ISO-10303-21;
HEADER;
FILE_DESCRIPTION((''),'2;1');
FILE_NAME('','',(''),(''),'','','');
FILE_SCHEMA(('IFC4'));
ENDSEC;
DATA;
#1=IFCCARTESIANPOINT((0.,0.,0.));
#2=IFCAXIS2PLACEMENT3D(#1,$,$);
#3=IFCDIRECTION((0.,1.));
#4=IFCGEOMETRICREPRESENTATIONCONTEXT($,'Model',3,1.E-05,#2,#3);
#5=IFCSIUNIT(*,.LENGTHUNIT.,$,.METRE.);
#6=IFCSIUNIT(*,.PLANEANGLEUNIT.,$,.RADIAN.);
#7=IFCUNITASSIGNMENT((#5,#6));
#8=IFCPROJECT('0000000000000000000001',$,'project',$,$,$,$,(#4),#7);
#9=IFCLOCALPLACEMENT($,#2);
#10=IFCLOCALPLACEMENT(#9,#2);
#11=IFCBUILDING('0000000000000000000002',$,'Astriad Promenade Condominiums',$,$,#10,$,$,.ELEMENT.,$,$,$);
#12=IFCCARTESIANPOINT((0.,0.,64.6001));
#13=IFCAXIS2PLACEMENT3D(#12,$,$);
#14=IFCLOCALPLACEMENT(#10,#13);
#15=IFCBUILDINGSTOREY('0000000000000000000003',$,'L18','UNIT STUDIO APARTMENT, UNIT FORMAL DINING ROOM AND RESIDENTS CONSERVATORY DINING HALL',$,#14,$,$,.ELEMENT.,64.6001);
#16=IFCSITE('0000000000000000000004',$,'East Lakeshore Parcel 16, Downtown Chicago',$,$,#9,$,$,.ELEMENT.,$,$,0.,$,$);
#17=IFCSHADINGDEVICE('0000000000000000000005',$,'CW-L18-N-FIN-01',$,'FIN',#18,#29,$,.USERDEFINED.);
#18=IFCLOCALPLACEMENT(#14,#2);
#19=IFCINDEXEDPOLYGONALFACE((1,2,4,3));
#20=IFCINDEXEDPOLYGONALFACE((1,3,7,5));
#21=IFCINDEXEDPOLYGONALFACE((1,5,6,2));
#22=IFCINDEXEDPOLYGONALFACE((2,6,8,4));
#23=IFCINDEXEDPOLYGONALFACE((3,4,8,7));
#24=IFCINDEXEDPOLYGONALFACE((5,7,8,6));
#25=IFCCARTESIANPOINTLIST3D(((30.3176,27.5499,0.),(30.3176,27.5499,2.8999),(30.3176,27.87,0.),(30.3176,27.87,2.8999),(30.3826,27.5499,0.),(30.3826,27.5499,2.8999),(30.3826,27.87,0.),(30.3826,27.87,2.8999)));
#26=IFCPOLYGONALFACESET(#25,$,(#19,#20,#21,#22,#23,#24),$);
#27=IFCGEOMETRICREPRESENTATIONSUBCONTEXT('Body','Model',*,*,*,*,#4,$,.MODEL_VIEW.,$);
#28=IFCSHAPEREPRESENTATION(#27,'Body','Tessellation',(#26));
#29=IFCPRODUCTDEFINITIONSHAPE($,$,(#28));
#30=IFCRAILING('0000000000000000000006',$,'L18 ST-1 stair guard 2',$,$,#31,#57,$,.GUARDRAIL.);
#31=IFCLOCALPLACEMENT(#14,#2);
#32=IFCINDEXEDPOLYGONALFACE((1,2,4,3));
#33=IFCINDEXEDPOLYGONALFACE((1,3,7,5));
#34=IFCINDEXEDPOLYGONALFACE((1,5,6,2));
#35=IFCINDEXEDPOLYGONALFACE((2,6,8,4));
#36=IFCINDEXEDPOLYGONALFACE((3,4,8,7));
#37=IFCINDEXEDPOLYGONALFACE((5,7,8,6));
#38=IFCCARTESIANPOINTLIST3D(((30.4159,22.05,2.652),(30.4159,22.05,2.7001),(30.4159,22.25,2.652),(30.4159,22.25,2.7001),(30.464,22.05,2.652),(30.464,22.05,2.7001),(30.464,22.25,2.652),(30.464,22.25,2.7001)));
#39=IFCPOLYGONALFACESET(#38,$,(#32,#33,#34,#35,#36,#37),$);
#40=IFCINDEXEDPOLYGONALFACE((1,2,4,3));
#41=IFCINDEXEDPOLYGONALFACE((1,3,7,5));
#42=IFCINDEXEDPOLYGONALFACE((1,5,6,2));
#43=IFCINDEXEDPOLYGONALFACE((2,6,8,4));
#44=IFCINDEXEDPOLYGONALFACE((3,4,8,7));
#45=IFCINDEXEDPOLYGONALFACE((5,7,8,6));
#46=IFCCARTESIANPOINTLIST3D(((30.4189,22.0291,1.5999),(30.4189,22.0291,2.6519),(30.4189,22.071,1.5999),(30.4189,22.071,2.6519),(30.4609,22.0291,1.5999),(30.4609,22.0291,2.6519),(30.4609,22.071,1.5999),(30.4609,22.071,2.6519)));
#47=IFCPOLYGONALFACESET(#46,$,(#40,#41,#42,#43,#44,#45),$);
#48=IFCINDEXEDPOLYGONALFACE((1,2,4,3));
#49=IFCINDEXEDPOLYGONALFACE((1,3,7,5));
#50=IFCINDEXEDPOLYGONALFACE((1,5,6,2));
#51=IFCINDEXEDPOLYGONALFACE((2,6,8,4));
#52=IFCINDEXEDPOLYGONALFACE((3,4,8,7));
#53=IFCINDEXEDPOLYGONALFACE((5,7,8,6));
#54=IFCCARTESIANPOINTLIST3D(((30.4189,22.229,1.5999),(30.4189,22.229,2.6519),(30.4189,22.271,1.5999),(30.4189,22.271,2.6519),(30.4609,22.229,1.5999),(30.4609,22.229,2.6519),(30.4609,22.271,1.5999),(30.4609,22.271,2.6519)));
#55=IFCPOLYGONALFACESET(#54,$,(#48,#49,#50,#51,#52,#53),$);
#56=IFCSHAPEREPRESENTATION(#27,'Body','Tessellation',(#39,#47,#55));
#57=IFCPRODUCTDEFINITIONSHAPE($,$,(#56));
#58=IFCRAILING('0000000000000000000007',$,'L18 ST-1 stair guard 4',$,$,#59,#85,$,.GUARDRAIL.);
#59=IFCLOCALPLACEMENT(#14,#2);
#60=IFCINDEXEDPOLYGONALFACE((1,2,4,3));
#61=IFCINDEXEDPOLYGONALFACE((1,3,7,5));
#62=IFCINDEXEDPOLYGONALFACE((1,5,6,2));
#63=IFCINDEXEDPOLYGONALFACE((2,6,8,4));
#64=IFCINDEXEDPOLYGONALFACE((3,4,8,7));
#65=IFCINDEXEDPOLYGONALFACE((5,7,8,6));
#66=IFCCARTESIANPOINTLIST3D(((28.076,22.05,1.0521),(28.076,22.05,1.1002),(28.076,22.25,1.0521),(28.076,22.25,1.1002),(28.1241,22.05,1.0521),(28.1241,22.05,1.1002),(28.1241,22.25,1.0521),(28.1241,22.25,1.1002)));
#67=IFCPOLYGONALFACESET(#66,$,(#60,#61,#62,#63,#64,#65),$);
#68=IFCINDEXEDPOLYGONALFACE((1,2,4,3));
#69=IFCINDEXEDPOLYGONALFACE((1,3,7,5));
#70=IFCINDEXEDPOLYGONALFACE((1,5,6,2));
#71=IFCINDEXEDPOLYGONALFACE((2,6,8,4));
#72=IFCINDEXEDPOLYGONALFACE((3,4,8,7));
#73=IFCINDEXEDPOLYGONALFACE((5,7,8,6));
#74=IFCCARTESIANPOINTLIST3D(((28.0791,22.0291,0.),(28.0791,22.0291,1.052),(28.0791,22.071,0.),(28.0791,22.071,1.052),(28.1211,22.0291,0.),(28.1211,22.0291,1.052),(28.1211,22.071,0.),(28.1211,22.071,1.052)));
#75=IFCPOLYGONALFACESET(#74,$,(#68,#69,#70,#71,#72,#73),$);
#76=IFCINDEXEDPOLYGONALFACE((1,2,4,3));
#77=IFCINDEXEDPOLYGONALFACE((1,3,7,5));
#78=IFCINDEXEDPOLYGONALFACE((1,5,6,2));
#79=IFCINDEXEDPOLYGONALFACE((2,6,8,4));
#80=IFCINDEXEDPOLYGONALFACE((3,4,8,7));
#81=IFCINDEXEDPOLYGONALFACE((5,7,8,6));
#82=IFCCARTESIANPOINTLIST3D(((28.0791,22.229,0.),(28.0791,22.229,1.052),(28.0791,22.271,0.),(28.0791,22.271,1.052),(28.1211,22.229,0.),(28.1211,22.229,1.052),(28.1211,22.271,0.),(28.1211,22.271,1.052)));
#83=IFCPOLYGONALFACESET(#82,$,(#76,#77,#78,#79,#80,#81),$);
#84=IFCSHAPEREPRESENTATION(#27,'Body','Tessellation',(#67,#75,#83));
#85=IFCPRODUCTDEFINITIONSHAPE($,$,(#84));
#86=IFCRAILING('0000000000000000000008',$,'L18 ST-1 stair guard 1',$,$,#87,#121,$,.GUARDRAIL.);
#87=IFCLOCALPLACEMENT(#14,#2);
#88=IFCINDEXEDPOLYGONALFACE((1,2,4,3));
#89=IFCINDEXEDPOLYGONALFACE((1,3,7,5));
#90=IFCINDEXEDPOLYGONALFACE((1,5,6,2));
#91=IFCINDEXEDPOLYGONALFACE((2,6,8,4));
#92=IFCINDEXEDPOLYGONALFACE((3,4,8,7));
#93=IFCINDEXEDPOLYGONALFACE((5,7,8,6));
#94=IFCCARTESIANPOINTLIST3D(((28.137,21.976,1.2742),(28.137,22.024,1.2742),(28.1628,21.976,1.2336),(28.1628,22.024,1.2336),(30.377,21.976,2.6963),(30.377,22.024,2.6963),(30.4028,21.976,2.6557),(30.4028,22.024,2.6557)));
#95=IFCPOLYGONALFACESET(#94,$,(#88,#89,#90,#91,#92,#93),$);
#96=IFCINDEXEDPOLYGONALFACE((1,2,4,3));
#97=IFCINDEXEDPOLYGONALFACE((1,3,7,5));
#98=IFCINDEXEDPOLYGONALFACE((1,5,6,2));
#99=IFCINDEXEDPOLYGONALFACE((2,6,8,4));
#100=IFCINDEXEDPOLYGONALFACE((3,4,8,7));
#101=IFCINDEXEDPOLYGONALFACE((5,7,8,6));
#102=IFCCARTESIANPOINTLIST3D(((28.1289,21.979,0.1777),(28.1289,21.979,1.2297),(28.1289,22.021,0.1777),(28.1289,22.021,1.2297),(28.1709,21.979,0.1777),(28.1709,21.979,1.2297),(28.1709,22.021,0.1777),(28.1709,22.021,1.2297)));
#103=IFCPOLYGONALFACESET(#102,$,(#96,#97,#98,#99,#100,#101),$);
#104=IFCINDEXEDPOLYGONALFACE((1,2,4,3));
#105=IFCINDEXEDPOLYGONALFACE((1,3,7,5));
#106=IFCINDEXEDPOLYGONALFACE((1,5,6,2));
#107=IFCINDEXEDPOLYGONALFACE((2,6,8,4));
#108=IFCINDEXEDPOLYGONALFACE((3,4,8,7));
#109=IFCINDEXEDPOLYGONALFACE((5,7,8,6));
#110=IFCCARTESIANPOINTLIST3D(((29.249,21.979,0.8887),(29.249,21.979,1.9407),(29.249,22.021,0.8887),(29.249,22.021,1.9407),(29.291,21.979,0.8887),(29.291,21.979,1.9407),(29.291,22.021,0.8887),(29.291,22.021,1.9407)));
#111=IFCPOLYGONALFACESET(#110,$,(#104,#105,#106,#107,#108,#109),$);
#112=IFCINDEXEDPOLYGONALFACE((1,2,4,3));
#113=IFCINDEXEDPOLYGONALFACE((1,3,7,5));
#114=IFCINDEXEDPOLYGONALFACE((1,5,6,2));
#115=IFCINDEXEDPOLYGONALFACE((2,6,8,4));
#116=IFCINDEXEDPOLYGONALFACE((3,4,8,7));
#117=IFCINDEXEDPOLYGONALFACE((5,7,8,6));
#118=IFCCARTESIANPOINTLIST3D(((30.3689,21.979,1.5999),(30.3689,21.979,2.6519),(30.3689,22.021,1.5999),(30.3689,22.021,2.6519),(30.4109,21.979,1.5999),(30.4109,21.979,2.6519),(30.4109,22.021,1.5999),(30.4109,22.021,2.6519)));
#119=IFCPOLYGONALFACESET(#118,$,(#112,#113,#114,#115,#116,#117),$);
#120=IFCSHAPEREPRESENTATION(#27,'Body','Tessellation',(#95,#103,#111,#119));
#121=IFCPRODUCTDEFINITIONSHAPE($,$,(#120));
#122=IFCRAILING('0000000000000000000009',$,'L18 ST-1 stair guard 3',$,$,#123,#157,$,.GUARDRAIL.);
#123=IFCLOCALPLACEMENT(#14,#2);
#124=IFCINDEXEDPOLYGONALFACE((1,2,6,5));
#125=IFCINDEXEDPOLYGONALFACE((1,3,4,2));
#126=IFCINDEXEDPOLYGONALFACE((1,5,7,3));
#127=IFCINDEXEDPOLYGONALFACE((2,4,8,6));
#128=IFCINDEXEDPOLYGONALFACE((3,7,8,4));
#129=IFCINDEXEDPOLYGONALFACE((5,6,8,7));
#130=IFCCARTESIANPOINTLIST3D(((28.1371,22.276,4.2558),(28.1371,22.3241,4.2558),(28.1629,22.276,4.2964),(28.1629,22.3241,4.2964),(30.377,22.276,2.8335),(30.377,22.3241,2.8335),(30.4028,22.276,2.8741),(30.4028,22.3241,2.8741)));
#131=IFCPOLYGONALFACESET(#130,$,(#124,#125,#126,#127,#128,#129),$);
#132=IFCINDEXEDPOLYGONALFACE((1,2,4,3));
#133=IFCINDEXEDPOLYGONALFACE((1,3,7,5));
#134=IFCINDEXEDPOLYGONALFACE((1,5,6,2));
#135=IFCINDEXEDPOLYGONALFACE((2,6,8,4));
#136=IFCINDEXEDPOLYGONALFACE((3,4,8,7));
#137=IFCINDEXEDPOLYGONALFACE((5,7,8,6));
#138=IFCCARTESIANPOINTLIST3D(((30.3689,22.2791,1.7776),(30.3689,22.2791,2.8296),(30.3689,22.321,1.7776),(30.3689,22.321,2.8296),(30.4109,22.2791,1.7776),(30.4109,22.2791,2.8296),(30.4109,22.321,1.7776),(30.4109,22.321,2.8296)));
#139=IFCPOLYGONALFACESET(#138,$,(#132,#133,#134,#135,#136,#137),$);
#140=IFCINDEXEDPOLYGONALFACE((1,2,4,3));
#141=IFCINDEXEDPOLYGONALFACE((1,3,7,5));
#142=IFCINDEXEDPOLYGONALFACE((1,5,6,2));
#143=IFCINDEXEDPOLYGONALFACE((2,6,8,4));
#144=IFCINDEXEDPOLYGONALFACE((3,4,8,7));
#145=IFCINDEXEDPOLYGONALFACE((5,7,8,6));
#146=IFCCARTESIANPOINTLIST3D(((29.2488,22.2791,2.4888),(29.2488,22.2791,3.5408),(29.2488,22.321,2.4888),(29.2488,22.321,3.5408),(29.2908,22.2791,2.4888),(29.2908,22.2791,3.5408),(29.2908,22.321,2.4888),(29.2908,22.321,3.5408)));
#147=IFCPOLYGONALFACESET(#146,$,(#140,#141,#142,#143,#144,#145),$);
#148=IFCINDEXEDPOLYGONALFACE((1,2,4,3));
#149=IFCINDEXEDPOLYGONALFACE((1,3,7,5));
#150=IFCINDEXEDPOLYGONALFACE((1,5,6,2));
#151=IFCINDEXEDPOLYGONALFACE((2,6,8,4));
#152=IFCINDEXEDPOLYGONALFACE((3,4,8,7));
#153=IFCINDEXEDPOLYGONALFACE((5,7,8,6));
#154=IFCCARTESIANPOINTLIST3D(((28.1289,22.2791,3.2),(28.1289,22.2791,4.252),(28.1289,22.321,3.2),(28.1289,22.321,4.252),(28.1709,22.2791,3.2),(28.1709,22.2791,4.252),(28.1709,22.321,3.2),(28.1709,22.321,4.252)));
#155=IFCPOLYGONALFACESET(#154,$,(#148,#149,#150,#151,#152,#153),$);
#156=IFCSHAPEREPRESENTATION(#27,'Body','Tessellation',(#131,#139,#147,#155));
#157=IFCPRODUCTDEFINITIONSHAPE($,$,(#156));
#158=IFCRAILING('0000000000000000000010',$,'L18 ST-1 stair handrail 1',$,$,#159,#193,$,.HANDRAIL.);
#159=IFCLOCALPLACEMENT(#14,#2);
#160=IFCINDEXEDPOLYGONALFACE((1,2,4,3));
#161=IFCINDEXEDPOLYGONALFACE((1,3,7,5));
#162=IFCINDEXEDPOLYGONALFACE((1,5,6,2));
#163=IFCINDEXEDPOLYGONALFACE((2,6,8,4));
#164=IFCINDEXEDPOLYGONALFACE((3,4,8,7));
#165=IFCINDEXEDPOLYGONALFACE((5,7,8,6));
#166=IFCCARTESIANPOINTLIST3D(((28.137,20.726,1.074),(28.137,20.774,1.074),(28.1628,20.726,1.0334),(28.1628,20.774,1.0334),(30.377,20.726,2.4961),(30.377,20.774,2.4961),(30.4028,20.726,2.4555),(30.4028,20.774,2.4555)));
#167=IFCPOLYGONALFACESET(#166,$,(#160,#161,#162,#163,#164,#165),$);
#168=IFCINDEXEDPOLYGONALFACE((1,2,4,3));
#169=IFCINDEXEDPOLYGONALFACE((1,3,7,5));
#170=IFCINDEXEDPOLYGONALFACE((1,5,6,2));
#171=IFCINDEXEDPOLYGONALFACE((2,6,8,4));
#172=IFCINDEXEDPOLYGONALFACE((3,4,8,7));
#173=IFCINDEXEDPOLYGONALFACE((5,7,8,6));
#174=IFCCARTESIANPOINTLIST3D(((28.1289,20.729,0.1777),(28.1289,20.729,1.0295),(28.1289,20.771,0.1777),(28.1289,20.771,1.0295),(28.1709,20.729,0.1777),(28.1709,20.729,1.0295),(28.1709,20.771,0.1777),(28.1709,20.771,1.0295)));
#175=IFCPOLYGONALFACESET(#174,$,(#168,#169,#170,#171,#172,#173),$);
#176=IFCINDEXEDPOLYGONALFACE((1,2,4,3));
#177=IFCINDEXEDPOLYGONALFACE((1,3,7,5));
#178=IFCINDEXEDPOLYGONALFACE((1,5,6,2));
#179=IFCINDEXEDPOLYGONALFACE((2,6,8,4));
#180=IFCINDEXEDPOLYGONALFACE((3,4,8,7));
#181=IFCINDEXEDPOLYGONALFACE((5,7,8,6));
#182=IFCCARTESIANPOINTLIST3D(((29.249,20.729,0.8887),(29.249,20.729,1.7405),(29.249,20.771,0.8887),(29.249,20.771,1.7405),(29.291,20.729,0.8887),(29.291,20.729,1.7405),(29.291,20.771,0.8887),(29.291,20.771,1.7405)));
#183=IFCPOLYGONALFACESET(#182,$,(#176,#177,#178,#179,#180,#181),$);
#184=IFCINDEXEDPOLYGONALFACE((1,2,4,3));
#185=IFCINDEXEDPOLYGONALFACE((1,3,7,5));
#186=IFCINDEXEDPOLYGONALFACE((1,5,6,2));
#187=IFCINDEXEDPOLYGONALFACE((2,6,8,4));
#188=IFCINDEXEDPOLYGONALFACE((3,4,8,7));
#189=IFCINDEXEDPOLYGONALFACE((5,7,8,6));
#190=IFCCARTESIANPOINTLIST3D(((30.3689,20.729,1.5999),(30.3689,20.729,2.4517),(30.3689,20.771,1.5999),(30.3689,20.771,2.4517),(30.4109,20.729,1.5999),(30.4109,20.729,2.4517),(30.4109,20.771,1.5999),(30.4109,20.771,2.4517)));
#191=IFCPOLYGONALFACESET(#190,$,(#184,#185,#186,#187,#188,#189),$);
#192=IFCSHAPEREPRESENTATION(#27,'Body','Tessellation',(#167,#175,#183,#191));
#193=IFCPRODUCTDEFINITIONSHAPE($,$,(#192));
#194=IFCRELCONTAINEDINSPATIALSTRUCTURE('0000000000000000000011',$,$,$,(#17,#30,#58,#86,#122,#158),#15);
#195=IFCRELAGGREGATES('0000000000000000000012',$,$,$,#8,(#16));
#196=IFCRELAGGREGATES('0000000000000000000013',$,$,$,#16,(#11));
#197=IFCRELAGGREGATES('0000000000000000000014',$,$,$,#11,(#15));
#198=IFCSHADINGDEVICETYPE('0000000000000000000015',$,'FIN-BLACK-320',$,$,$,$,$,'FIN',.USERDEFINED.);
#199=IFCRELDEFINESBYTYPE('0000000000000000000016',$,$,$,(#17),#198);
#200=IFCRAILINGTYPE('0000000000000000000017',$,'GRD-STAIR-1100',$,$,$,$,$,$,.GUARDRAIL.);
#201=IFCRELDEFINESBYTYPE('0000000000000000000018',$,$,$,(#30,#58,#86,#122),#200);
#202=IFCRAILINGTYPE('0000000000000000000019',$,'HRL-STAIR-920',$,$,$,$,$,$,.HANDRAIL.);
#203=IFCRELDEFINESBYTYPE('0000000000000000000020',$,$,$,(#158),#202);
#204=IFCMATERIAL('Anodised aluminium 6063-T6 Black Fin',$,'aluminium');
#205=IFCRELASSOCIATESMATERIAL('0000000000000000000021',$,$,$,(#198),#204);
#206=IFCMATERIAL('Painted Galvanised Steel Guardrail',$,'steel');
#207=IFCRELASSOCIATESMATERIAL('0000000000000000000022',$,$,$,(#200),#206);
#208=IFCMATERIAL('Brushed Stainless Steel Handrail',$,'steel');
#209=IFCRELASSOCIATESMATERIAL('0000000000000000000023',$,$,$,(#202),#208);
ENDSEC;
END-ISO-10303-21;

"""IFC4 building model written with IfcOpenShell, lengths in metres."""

from ifc_helpers import new_model, si_unit, direction, frame, origin, origin_2d, place, context, subcontext, project, spatial, rectangle, extrude, source, transform, mapped, material, type_object, type_shapes, element, save


model = new_model("IFC4")

# Units and contexts
model_context = context("Model", 3, precision=1e-05, world=origin(), true_north=direction((0.0, 1.0)))
body_context = subcontext(model_context, "Body", "Model", "MODEL_VIEW")
ifc_project = project(units=[si_unit("LENGTHUNIT", "METRE"), si_unit("PLANEANGLEUNIT", "RADIAN")], contexts=[model_context])

# Site, building, storey
site_placement = place(None, origin())
site = spatial("IfcSite", under=ifc_project, at=site_placement, Name="East Lakeshore Parcel 16, Downtown Chicago", CompositionType="ELEMENT", RefElevation=0.0)
building_placement = place(site_placement, origin())
building = spatial("IfcBuilding", under=site, at=building_placement, Name="Astriad Promenade Condominiums", CompositionType="ELEMENT")
storey_placement = place(building_placement, frame((0.0, 0.0, 64.6001)))
storey = spatial("IfcBuildingStorey", under=building, at=storey_placement, Name="L18", Description="UNIT STUDIO APARTMENT, UNIT FORMAL DINING ROOM AND RESIDENTS CONSERVATORY DINING HALL", CompositionType="ELEMENT", Elevation=64.6001)

# Shading device
ifc_material_1 = material(Name="Anodised aluminium 6063-T6 Black Fin", Category="aluminium")
shading_device_type = type_object("IfcShadingDeviceType", Name="FIN-BLACK-320", ElementType="FIN", PredefinedType="USERDEFINED", material=ifc_material_1)
shared_shape_1 = source(origin(), body_context, "Body", "SweptSolid", [
    extrude(rectangle(XDim=0.0649, YDim=0.3201, at=origin_2d()), origin(), (0.0, 0.0, 1.0), 2.8999),
])
type_shapes(shading_device_type, [shared_shape_1])
shading_device_placement = place(storey_placement, frame((30.3501, 27.71, 0.0), z_axis=(0.0, 0.0, 1.0), x_axis=(1.0, 0.0, 0.0)))
element("IfcShadingDevice", 1, at=shading_device_placement, inside=storey, type_object=shading_device_type, Name="CW-L18-N-FIN-01", ObjectType="FIN", PredefinedType="USERDEFINED", context=body_context, shape_type="MappedRepresentation", body=[
    mapped(shared_shape_1, transform((0.0, 0.0, 0.0), scale=1.0)),
])

# Railings
ifc_material_2 = material(Name="Painted Galvanised Steel Guardrail", Category="steel")
railing_type_1 = type_object("IfcRailingType", Name="GRD-STAIR-1100", PredefinedType="GUARDRAIL", material=ifc_material_2)
shared_shape_2 = source(origin(), body_context, "Body", "SweptSolid", [
    extrude(rectangle(XDim=0.0481, YDim=0.0481, at=origin_2d()), frame((0.0, 0.0, 1.0762), z_axis=(0.0, 1.0, 0.0), x_axis=(-1.0, 0.0, 0.0)), (0.0, 0.0, 1.0), 0.2),
    extrude(rectangle(XDim=0.042, YDim=0.042, at=origin_2d()), origin(), (0.0, 0.0, 1.0), 1.052),
    extrude(rectangle(XDim=0.042, YDim=0.042, at=origin_2d()), frame((0.0, 0.2, 0.0)), (0.0, 0.0, 1.0), 1.052),
])
for number, where, name in (
    (2, (30.4399, 22.05, 1.5999), "L18 ST-1 stair guard 2"),
    (3, (28.1001, 22.05, 0.0), "L18 ST-1 stair guard 4"),
):
    element("IfcRailing", number, at=place(storey_placement, frame(where)), inside=storey, type_object=railing_type_1, Name=name, PredefinedType="GUARDRAIL", context=body_context, shape_type="MappedRepresentation", body=[
        mapped(shared_shape_2, transform((0.0, 0.0, 0.0), scale=1.0)),
    ])
shared_shape_3 = source(origin(), body_context, "Body", "SweptSolid", [
    extrude(rectangle(XDim=0.0481, YDim=0.0481, at=origin_2d()), frame((0.0, 0.0, 1.0762), z_axis=(0.844229, 0.0, 0.535982), x_axis=(0.0, 1.0, 0.0)), (0.0, 0.0, 1.0), 2.6533),
    extrude(rectangle(XDim=0.042, YDim=0.042, at=origin_2d()), origin(), (0.0, 0.0, 1.0), 1.052),
    extrude(rectangle(XDim=0.042, YDim=0.042, at=origin_2d()), frame((1.1201, 0.0, 0.7109)), (0.0, 0.0, 1.0), 1.052),
    extrude(rectangle(XDim=0.042, YDim=0.042, at=origin_2d()), frame((2.24, 0.0, 1.4221)), (0.0, 0.0, 1.0), 1.052),
])
railing_1_placement = place(storey_placement, frame((28.1499, 22.0, 0.1777)))
element("IfcRailing", 4, at=railing_1_placement, inside=storey, type_object=railing_type_1, Name="L18 ST-1 stair guard 1", PredefinedType="GUARDRAIL", context=body_context, shape_type="MappedRepresentation", body=[
    mapped(shared_shape_3, transform((0.0, 0.0, 0.0), scale=1.0)),
])
shared_shape_4 = source(origin(), body_context, "Body", "SweptSolid", [
    extrude(rectangle(XDim=0.0481, YDim=0.0481, at=origin_2d()), frame((0.0, 0.0, 1.0762), z_axis=(-0.844188, 0.0, 0.536048), x_axis=(0.0, -1.0, 0.0)), (0.0, 0.0, 1.0), 2.6533),
    extrude(rectangle(XDim=0.042, YDim=0.042, at=origin_2d()), origin(), (0.0, 0.0, 1.0), 1.052),
    extrude(rectangle(XDim=0.042, YDim=0.042, at=origin_2d()), frame((-1.1201, 0.0, 0.7112)), (0.0, 0.0, 1.0), 1.052),
    extrude(rectangle(XDim=0.042, YDim=0.042, at=origin_2d()), frame((-2.24, 0.0, 1.4224)), (0.0, 0.0, 1.0), 1.052),
])
type_shapes(railing_type_1, [shared_shape_2, shared_shape_3, shared_shape_4])
railing_2_placement = place(storey_placement, frame((30.3899, 22.3, 1.7776)))
element("IfcRailing", 5, at=railing_2_placement, inside=storey, type_object=railing_type_1, Name="L18 ST-1 stair guard 3", PredefinedType="GUARDRAIL", context=body_context, shape_type="MappedRepresentation", body=[
    mapped(shared_shape_4, transform((0.0, 0.0, 0.0), scale=1.0)),
])
ifc_material_3 = material(Name="Brushed Stainless Steel Handrail", Category="steel")
railing_type_2 = type_object("IfcRailingType", Name="HRL-STAIR-920", PredefinedType="HANDRAIL", material=ifc_material_3)
shared_shape_5 = source(origin(), body_context, "Body", "SweptSolid", [
    extrude(rectangle(XDim=0.0481, YDim=0.0481, at=origin_2d()), frame((0.0, 0.0, 0.876), z_axis=(0.844229, 0.0, 0.535982), x_axis=(0.0, 1.0, 0.0)), (0.0, 0.0, 1.0), 2.6533),
    extrude(rectangle(XDim=0.042, YDim=0.042, at=origin_2d()), origin(), (0.0, 0.0, 1.0), 0.8518),
    extrude(rectangle(XDim=0.042, YDim=0.042, at=origin_2d()), frame((1.1201, 0.0, 0.7109)), (0.0, 0.0, 1.0), 0.8518),
    extrude(rectangle(XDim=0.042, YDim=0.042, at=origin_2d()), frame((2.24, 0.0, 1.4221)), (0.0, 0.0, 1.0), 0.8518),
])
railing_3_placement = place(storey_placement, frame((28.1499, 20.75, 0.1777)))
element("IfcRailing", 6, at=railing_3_placement, inside=storey, type_object=railing_type_2, Name="L18 ST-1 stair handrail 1", PredefinedType="HANDRAIL", context=body_context, shape_type="MappedRepresentation", body=[
    mapped(shared_shape_5, transform((0.0, 0.0, 0.0), scale=1.0)),
])

save(model, "model.ifc")
